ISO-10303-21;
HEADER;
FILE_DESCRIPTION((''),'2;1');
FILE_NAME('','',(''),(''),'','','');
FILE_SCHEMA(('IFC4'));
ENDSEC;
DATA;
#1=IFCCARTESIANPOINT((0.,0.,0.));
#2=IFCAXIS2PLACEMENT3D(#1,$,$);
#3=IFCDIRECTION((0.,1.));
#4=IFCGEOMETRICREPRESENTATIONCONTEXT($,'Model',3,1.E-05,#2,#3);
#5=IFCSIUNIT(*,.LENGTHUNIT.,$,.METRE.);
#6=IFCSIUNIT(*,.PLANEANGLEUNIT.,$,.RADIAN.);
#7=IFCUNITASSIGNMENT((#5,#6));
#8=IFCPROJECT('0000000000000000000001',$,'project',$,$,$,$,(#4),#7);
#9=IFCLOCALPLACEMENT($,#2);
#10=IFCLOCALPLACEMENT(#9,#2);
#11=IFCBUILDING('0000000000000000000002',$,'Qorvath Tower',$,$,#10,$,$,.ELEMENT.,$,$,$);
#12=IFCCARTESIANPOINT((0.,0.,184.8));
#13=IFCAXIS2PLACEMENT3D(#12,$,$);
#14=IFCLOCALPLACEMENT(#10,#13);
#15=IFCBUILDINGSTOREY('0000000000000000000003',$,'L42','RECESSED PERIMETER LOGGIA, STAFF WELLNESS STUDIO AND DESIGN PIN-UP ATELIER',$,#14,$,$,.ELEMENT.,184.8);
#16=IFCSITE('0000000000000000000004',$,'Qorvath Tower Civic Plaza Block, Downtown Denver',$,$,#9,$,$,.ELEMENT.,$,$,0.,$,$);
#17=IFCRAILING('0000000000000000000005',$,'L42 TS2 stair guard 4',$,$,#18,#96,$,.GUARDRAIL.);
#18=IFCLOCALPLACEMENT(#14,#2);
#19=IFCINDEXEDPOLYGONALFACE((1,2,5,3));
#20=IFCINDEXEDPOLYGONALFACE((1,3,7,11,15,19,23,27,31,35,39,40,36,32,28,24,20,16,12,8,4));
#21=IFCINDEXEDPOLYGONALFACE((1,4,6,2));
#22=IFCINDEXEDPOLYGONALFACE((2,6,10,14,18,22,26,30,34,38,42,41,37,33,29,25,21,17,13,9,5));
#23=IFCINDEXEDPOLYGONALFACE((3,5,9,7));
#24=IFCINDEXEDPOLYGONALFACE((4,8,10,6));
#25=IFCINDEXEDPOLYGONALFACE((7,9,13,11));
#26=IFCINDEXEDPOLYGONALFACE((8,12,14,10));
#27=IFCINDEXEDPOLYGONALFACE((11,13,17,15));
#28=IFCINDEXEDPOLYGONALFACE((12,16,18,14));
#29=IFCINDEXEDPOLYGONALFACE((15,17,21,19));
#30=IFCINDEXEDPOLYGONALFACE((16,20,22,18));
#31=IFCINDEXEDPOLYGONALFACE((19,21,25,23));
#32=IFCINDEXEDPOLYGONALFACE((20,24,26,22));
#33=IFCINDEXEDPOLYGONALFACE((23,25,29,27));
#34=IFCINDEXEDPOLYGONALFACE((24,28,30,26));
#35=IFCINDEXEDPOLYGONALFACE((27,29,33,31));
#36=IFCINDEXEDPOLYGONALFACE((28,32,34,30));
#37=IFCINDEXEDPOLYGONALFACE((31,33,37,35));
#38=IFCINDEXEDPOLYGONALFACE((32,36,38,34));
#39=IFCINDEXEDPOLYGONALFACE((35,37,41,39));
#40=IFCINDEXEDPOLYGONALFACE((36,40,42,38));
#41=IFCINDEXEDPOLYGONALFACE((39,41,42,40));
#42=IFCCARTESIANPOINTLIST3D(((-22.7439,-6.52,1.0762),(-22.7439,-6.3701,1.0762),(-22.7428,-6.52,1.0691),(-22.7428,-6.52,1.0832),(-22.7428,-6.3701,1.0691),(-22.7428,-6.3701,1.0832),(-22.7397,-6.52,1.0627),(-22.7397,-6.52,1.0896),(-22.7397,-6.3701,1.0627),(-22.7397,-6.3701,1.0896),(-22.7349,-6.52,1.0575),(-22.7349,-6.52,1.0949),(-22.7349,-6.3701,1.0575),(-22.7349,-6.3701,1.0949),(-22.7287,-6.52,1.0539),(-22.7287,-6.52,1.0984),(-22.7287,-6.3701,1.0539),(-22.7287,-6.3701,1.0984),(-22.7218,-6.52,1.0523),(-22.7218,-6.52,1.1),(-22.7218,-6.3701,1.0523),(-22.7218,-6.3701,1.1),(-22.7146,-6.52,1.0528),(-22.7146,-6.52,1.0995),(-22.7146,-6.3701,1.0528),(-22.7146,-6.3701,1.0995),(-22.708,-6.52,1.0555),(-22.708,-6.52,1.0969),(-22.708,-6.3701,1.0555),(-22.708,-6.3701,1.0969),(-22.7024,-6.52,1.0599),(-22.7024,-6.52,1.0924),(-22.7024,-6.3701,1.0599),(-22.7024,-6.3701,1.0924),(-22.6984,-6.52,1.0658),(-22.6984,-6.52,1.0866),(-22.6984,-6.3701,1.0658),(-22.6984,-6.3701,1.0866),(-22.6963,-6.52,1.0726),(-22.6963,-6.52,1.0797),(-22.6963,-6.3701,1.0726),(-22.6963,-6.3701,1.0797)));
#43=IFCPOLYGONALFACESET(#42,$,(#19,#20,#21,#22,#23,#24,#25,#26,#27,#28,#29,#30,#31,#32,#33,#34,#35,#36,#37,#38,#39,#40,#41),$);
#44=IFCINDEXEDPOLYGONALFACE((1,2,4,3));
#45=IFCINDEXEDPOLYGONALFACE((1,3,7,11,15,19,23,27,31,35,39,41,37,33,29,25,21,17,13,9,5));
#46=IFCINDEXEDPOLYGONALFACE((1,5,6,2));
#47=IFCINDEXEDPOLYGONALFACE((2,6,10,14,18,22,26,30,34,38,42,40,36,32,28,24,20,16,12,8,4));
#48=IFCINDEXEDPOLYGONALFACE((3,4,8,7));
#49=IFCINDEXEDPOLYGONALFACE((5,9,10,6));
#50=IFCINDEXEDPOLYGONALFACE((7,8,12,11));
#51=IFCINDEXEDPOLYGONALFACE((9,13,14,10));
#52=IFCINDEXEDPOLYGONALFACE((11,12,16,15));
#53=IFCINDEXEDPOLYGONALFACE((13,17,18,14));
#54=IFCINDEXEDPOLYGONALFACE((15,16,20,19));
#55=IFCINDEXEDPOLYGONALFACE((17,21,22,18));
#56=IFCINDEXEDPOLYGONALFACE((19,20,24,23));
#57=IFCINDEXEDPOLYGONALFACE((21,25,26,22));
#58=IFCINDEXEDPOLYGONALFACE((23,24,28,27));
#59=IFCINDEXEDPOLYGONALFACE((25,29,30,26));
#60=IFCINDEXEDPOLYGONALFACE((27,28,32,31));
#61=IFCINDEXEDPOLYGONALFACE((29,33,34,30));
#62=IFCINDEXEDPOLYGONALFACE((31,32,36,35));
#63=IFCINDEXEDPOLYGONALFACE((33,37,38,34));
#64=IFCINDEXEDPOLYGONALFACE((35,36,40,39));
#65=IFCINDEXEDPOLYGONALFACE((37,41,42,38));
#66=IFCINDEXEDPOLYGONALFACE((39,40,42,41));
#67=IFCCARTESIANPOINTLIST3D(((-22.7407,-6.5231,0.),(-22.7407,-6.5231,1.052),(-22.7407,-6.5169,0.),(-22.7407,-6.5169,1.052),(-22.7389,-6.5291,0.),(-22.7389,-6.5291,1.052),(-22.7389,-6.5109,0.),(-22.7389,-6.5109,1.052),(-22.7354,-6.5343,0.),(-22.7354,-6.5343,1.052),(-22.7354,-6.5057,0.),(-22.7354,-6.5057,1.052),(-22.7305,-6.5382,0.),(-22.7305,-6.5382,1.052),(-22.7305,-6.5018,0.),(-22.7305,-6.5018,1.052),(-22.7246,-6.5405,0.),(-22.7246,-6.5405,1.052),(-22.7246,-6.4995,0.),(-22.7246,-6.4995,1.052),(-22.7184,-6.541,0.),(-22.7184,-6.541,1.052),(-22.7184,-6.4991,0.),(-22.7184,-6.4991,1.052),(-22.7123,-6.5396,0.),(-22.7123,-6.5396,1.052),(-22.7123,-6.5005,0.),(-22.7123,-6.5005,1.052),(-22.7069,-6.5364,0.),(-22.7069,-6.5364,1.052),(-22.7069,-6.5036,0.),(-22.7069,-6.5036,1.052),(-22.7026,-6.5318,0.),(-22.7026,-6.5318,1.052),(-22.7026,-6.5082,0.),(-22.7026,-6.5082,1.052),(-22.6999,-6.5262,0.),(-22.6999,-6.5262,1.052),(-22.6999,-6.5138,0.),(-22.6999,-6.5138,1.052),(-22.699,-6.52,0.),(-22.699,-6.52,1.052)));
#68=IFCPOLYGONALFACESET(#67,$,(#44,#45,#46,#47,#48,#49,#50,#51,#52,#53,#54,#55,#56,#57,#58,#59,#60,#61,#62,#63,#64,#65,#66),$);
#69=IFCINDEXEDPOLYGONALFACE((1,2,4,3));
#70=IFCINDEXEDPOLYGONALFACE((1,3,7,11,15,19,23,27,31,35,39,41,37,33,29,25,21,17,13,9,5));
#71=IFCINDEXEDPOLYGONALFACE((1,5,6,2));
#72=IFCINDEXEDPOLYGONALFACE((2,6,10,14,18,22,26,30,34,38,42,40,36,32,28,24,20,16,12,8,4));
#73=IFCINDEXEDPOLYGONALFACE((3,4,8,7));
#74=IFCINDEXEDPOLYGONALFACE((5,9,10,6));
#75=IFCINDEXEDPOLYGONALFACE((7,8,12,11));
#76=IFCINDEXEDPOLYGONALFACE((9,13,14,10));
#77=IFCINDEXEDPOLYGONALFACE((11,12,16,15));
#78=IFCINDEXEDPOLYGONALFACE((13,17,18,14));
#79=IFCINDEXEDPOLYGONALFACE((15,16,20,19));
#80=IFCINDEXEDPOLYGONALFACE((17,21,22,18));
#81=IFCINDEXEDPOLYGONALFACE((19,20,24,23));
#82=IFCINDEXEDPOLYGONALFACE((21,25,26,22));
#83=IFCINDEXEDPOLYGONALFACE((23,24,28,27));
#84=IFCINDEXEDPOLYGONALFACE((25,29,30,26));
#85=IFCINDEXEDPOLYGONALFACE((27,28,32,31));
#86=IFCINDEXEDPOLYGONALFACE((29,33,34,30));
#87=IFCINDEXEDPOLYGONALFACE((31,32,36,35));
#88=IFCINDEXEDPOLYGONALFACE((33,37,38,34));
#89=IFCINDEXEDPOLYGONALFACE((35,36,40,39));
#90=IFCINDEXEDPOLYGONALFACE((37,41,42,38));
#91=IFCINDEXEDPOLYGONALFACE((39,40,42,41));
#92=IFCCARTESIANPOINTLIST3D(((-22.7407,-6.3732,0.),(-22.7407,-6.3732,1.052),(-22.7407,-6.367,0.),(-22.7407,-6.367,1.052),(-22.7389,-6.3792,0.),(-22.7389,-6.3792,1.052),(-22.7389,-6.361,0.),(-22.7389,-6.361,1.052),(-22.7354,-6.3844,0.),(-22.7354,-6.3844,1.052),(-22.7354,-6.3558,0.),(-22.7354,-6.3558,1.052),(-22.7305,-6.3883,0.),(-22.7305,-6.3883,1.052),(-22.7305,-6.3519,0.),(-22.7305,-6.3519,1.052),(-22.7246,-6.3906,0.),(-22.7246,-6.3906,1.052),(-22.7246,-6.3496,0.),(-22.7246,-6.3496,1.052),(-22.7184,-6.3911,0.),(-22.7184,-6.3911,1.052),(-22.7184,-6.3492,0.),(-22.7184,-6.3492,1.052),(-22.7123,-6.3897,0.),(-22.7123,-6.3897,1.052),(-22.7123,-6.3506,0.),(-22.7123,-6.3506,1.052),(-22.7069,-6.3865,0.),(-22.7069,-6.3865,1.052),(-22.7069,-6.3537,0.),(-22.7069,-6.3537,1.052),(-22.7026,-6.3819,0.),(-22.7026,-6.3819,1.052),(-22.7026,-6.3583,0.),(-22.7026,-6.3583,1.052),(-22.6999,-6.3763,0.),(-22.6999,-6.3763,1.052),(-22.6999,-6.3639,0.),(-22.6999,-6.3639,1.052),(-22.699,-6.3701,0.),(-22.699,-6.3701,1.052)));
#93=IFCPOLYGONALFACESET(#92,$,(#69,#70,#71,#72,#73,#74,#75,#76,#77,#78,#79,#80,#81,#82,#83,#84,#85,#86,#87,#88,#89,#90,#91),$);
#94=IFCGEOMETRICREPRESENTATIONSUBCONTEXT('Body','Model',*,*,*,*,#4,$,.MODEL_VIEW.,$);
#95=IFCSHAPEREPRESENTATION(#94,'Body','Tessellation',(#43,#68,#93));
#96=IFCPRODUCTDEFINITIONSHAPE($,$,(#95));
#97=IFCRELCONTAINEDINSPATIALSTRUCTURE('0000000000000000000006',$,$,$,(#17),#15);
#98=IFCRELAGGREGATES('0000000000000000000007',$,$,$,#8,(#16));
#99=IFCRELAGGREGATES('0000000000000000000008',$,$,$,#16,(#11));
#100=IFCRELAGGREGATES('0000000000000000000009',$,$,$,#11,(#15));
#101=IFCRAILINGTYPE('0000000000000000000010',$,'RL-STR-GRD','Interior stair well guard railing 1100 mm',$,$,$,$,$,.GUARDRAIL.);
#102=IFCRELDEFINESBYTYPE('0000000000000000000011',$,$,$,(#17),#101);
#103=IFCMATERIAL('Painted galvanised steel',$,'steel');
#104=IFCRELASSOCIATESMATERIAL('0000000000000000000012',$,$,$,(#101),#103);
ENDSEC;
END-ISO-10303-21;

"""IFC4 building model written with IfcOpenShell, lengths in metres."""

from ifc_helpers import new_model, si_unit, direction, frame, origin, origin_2d, place, context, subcontext, project, spatial, circle, extrude, material, type_object, element, save


model = new_model("IFC4")

# Units and contexts
model_context = context("Model", 3, precision=1e-05, world=origin(), true_north=direction((0.0, 1.0)))
body_context = subcontext(model_context, "Body", "Model", "MODEL_VIEW")
ifc_project = project(units=[si_unit("LENGTHUNIT", "METRE"), si_unit("PLANEANGLEUNIT", "RADIAN")], contexts=[model_context])

# Site, building, storey
site_placement = place(None, origin())
site = spatial("IfcSite", under=ifc_project, at=site_placement, Name="Qorvath Tower Civic Plaza Block, Downtown Denver", CompositionType="ELEMENT", RefElevation=0.0)
building_placement = place(site_placement, origin())
building = spatial("IfcBuilding", under=site, at=building_placement, Name="Qorvath Tower", CompositionType="ELEMENT")
storey_placement = place(building_placement, frame((0.0, 0.0, 184.8)))
storey = spatial("IfcBuildingStorey", under=building, at=storey_placement, Name="L42", Description="RECESSED PERIMETER LOGGIA, STAFF WELLNESS STUDIO AND DESIGN PIN-UP ATELIER", CompositionType="ELEMENT", Elevation=184.8)

# Railing
ifc_material_1 = material(Name="Painted galvanised steel", Category="steel")
railing_type_1 = type_object("IfcRailingType", Name="RL-STR-GRD", Description="Interior stair well guard railing 1100 mm", PredefinedType="GUARDRAIL", material=ifc_material_1)
railing_1_placement = place(storey_placement, frame((-22.72, -6.52, 0.0)))
element("IfcRailing", 1, at=railing_1_placement, inside=storey, type_object=railing_type_1, Name="L42 TS2 stair guard 4", PredefinedType="GUARDRAIL", context=body_context, shape_type="SweptSolid", body=[
    extrude(circle(Radius=0.0239, at=origin_2d()), frame((0.0, 0.0, 1.0762), z_axis=(0.0, 1.0, 0.0), x_axis=(-1.0, 0.0, 0.0)), (0.0, 0.0, 1.0), 0.1499),
    extrude(circle(Radius=0.021, at=origin_2d()), origin(), (0.0, 0.0, 1.0), 1.052),
    extrude(circle(Radius=0.021, at=origin_2d()), frame((0.0, 0.1499, 0.0)), (0.0, 0.0, 1.0), 1.052),
])

save(model, "model.ifc")
